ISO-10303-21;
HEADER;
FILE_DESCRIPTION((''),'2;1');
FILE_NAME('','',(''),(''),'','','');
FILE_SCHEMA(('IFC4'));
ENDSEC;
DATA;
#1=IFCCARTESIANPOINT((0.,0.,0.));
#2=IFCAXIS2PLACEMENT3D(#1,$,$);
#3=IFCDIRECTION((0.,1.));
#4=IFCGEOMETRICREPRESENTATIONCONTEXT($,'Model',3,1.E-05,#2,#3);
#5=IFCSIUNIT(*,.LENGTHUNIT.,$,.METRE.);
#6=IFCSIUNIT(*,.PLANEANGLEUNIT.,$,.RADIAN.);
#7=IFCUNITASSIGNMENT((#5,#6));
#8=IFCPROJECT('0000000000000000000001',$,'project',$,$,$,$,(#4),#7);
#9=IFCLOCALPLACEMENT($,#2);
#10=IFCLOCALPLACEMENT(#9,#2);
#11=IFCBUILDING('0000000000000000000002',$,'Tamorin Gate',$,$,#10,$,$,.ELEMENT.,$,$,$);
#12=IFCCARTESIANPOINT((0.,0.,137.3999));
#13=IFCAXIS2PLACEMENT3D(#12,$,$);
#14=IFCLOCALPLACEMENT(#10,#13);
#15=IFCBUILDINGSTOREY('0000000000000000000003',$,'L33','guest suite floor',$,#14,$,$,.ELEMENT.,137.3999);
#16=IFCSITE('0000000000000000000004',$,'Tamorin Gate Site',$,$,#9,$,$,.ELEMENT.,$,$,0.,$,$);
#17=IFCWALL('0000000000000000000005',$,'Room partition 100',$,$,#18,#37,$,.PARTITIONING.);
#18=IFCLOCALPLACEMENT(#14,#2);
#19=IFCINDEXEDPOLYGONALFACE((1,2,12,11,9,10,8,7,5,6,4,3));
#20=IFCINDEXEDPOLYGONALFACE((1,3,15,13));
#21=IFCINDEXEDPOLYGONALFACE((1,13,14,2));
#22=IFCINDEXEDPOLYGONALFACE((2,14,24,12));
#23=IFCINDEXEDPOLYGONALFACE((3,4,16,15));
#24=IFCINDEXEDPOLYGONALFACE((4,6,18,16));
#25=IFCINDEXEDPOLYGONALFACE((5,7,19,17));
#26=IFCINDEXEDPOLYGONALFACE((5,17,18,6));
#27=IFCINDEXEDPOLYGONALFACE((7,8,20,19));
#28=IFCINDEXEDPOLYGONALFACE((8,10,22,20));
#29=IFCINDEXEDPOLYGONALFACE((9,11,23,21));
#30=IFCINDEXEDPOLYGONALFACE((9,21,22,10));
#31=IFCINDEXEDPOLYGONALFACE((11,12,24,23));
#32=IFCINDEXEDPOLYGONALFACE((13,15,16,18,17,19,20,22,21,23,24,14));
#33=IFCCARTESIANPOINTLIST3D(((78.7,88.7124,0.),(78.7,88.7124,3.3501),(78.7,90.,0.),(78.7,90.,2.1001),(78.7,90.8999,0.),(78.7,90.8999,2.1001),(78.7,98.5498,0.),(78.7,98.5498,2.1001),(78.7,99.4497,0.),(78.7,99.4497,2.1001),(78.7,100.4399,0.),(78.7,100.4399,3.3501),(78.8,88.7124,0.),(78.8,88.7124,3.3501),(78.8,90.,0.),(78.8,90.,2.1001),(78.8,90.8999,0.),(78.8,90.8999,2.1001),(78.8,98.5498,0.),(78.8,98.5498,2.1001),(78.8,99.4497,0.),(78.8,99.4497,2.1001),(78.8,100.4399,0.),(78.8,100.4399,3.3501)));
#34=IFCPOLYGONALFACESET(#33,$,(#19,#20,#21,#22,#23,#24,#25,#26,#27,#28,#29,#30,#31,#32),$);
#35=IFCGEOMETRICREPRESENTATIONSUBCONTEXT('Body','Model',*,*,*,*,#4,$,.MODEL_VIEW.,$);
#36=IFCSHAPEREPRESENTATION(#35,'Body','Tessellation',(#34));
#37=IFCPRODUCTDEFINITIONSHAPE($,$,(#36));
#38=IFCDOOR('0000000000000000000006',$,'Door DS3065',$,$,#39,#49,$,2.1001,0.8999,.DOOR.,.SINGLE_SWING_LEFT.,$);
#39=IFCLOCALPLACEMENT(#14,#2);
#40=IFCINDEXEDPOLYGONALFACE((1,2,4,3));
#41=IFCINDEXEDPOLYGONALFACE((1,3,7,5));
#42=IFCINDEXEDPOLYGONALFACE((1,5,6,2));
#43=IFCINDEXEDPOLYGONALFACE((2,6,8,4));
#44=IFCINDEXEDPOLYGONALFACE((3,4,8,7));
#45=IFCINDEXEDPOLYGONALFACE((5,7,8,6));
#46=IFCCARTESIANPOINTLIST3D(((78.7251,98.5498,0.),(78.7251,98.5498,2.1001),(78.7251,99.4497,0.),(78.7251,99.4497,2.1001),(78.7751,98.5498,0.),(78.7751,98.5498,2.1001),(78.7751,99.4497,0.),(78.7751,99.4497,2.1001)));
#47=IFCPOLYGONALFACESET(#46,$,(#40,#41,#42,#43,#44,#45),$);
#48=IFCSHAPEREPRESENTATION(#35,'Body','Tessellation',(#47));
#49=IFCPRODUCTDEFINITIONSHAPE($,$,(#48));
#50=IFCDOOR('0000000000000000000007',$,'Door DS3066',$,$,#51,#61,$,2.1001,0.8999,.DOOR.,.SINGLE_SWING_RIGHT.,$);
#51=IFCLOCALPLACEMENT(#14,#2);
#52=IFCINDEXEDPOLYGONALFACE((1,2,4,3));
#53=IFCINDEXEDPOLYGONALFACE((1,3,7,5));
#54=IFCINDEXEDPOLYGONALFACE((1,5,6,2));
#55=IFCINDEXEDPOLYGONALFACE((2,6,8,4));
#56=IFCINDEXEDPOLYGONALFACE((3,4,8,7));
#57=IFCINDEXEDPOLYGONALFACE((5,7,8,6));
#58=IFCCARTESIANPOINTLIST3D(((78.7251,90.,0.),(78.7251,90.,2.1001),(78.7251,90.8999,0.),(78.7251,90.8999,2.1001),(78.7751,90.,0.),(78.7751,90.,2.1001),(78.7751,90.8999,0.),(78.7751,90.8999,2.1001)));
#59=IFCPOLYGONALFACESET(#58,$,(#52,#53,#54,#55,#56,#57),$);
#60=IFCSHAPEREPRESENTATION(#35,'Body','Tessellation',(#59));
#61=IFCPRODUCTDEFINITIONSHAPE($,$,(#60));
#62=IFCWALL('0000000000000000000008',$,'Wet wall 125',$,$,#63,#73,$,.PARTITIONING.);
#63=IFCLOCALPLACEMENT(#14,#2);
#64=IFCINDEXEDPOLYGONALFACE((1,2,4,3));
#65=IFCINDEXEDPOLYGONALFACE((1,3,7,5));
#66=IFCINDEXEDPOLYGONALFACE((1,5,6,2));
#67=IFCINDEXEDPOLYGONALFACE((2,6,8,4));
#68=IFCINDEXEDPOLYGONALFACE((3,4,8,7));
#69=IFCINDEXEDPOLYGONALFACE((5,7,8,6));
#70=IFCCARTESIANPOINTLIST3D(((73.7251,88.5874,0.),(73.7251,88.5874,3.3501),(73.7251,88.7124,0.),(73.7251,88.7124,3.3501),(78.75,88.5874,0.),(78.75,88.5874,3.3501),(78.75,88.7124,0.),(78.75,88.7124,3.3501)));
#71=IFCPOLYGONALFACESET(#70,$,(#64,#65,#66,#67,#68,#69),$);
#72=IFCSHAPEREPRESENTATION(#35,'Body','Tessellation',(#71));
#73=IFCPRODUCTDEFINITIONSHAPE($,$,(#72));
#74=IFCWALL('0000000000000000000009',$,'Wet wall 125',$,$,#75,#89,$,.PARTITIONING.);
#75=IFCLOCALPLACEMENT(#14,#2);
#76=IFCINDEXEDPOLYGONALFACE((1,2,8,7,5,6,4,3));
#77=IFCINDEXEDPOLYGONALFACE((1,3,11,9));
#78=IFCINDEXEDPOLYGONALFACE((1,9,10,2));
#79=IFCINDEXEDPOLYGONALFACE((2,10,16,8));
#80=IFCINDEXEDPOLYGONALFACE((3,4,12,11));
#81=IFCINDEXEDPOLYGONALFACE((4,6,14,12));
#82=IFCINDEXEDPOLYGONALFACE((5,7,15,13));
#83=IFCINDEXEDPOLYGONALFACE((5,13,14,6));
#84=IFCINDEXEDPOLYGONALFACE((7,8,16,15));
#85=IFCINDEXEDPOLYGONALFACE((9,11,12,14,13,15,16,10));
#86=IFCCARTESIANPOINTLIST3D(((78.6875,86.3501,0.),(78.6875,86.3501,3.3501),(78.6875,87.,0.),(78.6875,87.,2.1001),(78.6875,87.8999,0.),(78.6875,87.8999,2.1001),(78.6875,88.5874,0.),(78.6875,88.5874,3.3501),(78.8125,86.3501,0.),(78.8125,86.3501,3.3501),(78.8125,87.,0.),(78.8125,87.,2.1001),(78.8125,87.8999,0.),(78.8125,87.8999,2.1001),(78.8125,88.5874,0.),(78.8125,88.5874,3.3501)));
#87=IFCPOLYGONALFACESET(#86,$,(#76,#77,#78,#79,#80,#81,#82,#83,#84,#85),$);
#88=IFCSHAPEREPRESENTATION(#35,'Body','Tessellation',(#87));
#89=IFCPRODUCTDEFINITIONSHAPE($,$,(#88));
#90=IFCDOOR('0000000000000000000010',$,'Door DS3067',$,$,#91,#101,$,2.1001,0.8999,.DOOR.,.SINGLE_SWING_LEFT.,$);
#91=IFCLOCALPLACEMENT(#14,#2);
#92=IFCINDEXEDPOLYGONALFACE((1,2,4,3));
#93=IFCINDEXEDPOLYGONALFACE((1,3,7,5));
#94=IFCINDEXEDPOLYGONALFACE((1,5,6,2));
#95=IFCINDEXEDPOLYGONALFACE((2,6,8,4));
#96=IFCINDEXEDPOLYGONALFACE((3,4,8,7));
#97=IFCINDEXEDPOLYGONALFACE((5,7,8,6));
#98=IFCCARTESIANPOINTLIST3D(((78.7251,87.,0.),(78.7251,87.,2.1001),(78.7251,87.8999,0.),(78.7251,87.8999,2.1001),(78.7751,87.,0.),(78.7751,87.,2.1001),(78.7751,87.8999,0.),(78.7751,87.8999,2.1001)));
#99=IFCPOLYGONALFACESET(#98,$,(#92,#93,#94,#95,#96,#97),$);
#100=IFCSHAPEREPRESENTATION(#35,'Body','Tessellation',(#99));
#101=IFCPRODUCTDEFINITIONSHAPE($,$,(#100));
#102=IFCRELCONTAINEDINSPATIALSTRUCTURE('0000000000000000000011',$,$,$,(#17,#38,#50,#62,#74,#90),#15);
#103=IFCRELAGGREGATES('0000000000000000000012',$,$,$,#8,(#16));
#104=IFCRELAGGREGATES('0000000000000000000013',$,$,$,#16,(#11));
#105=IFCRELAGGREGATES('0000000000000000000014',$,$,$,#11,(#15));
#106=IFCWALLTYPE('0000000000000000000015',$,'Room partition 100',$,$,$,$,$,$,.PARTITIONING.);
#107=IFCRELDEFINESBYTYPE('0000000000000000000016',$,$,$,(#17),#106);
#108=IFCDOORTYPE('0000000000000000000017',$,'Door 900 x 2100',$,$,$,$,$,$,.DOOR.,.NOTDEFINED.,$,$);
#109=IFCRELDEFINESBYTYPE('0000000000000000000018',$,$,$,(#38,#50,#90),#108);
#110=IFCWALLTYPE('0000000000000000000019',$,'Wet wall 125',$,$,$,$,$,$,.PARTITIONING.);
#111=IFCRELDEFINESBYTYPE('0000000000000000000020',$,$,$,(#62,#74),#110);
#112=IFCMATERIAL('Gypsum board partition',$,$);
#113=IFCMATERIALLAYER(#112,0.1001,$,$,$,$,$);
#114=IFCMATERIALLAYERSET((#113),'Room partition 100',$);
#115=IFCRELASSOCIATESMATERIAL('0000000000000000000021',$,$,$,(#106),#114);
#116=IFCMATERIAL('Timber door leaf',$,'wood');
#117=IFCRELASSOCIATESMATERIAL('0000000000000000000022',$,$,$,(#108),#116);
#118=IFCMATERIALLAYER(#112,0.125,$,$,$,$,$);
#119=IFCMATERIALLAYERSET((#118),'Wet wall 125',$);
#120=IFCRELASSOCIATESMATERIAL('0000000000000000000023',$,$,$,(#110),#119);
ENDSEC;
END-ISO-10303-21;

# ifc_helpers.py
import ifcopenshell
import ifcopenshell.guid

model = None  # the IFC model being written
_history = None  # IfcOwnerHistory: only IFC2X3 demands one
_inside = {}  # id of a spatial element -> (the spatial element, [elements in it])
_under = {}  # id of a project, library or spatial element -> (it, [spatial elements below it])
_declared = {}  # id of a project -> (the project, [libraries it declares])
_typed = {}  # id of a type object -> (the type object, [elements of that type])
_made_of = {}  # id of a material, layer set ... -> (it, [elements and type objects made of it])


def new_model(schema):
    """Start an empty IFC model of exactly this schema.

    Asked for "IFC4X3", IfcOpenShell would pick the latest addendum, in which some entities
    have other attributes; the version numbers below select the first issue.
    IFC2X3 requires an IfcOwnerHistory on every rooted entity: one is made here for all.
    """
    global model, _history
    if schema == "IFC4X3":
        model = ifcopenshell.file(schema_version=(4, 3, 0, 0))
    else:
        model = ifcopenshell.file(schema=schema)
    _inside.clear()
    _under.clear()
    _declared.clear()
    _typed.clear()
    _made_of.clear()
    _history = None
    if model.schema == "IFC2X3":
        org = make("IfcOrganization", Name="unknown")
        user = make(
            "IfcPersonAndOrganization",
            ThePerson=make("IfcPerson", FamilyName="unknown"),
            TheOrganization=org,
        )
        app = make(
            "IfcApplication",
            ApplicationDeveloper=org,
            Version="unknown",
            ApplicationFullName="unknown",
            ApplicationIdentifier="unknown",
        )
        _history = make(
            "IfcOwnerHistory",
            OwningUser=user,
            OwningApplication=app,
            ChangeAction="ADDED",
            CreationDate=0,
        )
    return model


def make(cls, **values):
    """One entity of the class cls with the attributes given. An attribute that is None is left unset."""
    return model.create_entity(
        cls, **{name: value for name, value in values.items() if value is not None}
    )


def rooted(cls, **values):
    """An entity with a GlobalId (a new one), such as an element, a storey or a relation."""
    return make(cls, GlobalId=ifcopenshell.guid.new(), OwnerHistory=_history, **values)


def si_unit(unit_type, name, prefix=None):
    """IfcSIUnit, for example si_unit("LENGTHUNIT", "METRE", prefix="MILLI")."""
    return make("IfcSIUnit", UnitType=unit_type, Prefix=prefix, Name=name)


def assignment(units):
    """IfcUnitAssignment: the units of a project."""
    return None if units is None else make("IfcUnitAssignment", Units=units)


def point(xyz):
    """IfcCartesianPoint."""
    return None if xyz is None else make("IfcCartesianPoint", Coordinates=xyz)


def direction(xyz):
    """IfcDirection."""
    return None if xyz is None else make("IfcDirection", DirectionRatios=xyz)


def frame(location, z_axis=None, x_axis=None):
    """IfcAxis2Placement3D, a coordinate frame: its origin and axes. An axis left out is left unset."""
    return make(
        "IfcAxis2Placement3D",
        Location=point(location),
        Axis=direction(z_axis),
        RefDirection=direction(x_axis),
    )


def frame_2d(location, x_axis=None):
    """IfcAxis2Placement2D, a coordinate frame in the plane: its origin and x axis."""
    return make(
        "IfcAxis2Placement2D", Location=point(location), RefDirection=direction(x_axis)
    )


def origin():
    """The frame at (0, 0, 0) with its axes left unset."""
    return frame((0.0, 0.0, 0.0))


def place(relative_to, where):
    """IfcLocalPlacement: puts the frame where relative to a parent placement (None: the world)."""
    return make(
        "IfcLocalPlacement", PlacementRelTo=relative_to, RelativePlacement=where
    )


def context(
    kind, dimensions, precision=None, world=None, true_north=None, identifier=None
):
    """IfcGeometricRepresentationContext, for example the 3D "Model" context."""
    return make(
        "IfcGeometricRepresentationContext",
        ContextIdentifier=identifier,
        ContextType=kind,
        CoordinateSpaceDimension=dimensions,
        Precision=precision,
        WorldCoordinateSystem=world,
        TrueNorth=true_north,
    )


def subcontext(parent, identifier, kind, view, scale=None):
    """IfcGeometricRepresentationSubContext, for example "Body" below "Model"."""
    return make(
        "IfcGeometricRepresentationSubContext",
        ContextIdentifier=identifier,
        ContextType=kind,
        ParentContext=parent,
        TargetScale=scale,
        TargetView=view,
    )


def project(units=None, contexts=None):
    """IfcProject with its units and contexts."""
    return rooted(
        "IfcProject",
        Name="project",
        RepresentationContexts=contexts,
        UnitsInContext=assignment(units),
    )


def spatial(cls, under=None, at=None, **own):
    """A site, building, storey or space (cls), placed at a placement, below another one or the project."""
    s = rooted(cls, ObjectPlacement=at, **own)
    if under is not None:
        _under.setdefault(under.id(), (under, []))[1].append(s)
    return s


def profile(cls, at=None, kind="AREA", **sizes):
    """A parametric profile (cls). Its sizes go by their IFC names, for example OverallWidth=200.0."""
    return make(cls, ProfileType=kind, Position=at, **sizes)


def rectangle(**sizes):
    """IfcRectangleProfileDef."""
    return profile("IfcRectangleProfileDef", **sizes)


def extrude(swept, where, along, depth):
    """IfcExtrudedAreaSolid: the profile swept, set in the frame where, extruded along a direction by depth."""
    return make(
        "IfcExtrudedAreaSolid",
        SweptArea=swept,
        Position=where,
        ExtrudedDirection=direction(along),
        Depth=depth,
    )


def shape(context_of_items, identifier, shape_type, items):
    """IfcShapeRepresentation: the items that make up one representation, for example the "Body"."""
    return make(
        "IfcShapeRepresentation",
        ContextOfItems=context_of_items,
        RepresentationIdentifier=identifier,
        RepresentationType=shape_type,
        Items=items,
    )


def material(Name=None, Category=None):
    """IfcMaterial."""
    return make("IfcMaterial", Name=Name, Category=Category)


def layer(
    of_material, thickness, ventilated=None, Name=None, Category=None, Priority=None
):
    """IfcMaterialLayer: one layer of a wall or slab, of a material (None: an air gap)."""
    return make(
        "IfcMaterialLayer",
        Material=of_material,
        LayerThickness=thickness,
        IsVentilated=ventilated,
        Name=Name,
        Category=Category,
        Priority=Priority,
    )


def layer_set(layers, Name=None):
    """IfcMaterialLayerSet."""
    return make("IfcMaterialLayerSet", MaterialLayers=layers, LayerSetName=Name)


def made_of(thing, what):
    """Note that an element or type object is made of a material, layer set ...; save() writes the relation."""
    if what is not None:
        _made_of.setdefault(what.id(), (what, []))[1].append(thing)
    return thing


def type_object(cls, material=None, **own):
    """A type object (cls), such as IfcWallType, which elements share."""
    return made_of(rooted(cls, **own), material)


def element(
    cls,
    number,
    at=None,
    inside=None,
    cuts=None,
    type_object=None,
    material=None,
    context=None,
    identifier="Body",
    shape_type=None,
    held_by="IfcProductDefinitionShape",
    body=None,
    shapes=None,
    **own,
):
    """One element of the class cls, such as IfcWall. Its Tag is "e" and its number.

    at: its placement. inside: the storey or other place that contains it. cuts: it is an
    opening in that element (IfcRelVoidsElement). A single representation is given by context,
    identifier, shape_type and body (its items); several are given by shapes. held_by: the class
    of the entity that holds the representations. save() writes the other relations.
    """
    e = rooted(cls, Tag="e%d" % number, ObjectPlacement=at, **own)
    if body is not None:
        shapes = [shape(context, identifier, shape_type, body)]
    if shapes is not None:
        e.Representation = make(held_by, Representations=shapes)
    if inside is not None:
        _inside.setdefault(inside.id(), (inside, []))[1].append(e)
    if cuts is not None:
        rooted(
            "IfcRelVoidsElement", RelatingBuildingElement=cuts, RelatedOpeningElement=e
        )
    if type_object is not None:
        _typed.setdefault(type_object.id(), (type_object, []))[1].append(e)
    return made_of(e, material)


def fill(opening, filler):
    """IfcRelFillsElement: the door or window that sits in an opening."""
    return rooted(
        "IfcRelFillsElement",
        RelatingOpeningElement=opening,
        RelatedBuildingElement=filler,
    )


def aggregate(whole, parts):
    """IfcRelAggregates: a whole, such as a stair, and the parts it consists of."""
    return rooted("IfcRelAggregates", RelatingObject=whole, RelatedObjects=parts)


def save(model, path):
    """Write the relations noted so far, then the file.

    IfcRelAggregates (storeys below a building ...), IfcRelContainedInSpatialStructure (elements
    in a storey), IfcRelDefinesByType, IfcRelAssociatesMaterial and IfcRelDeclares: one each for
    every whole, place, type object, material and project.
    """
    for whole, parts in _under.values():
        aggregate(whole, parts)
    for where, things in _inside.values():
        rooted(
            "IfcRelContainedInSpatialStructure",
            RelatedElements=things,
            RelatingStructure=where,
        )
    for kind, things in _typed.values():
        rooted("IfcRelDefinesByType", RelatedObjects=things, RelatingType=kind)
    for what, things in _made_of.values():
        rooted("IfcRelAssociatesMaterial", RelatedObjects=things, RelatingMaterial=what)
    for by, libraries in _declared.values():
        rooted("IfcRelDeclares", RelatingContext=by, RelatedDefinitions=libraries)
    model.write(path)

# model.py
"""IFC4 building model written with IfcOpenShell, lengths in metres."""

from ifc_helpers import new_model, si_unit, direction, frame, frame_2d, origin, place, context, subcontext, project, spatial, rectangle, extrude, material, layer, layer_set, type_object, element, fill, save


model = new_model("IFC4")

# Units and contexts
model_context = context("Model", 3, precision=1e-05, world=origin(), true_north=direction((0.0, 1.0)))
body_context = subcontext(model_context, "Body", "Model", "MODEL_VIEW")
ifc_project = project(units=[si_unit("LENGTHUNIT", "METRE"), si_unit("PLANEANGLEUNIT", "RADIAN")], contexts=[model_context])

# Site, building, storey
site_placement = place(None, origin())
site = spatial("IfcSite", under=ifc_project, at=site_placement, Name="Tamorin Gate Site", CompositionType="ELEMENT", RefElevation=0.0)
building_placement = place(site_placement, origin())
building = spatial("IfcBuilding", under=site, at=building_placement, Name="Tamorin Gate", CompositionType="ELEMENT")
storey_placement = place(building_placement, frame((0.0, 0.0, 137.3999)))
storey = spatial("IfcBuildingStorey", under=building, at=storey_placement, Name="L33", Description="guest suite floor", CompositionType="ELEMENT", Elevation=137.3999)

# Shared definitions
ifc_material_1 = material(Name="Gypsum board partition")

# Shared definitions
ifc_layer_1 = layer(ifc_material_1, 0.1001)
ifc_layer_set_1 = layer_set([ifc_layer_1], Name="Room partition 100")
wall_type_1 = type_object("IfcWallType", Name="Room partition 100", PredefinedType="PARTITIONING", material=ifc_layer_set_1)
ifc_material_2 = material(Name="Timber door leaf", Category="wood")
door_type = type_object("IfcDoorType", Name="Door 900 x 2100", OperationType="NOTDEFINED", PredefinedType="DOOR", material=ifc_material_2)

# Wall, openings, doors
wall_1_placement = place(storey_placement, frame((78.75, 88.7124, 0.0), z_axis=(0.0, 0.0, 1.0), x_axis=(0.0, 1.0, 0.0)))
wall_1 = element("IfcWall", 1, at=wall_1_placement, inside=storey, type_object=wall_type_1, Name="Room partition 100", PredefinedType="PARTITIONING", context=body_context, shape_type="SweptSolid", body=[
    extrude(rectangle(XDim=11.7275, YDim=0.1001, at=frame_2d((5.8638, 0.0))), origin(), (0.0, 0.0, 1.0), 3.3501),
])
opening_1_placement = place(wall_1_placement, frame((9.8374, 0.0, 0.0)))
opening_1 = element("IfcOpeningElement", 2, at=opening_1_placement, cuts=wall_1, PredefinedType="OPENING", context=body_context, shape_type="SweptSolid", body=[
    extrude(rectangle(XDim=0.8999, YDim=2.1001, at=frame_2d((0.45, 1.05))), frame((0.0, 0.0601, 0.0), z_axis=(0.0, -1.0, 0.0), x_axis=(1.0, 0.0, 0.0)), (0.0, 0.0, 1.0), 0.1201),
])
opening_2_placement = place(wall_1_placement, frame((1.2876, 0.0, 0.0)))
opening_2 = element("IfcOpeningElement", 3, at=opening_2_placement, cuts=wall_1, PredefinedType="OPENING", context=body_context, shape_type="SweptSolid", body=[
    extrude(rectangle(XDim=0.8999, YDim=2.1001, at=frame_2d((0.45, 1.05))), frame((0.0, 0.0601, 0.0), z_axis=(0.0, -1.0, 0.0), x_axis=(1.0, 0.0, 0.0)), (0.0, 0.0, 1.0), 0.1201),
])
door_1_placement = place(opening_1_placement, origin())
door_1 = element("IfcDoor", 4, at=door_1_placement, inside=storey, type_object=door_type, Name="Door DS3065", OperationType="SINGLE_SWING_LEFT", OverallHeight=2.1001, OverallWidth=0.8999, PredefinedType="DOOR", context=body_context, shape_type="SweptSolid", body=[
    extrude(rectangle(XDim=0.8999, YDim=2.1001, at=frame_2d((0.45, 1.05))), frame((0.0, 0.0249, 0.0), z_axis=(0.0, -1.0, 0.0), x_axis=(1.0, 0.0, 0.0)), (0.0, 0.0, 1.0), 0.05),
])
fill(opening_1, door_1)
door_2_placement = place(opening_2_placement, origin())
door_2 = element("IfcDoor", 5, at=door_2_placement, inside=storey, type_object=door_type, Name="Door DS3066", OperationType="SINGLE_SWING_RIGHT", OverallHeight=2.1001, OverallWidth=0.8999, PredefinedType="DOOR", context=body_context, shape_type="SweptSolid", body=[
    extrude(rectangle(XDim=0.8999, YDim=2.1001, at=frame_2d((0.45, 1.05))), frame((0.0, 0.0249, 0.0), z_axis=(0.0, -1.0, 0.0), x_axis=(1.0, 0.0, 0.0)), (0.0, 0.0, 1.0), 0.05),
])
fill(opening_2, door_2)

# Wall
ifc_layer_2 = layer(ifc_material_1, 0.125)
ifc_layer_set_2 = layer_set([ifc_layer_2], Name="Wet wall 125")
wall_type_2 = type_object("IfcWallType", Name="Wet wall 125", PredefinedType="PARTITIONING", material=ifc_layer_set_2)
wall_2_placement = place(storey_placement, frame((73.7251, 88.6499, 0.0), z_axis=(0.0, 0.0, 1.0), x_axis=(1.0, 0.0, 0.0)))
element("IfcWall", 6, at=wall_2_placement, inside=storey, type_object=wall_type_2, Name="Wet wall 125", PredefinedType="PARTITIONING", context=body_context, shape_type="SweptSolid", body=[
    extrude(rectangle(XDim=5.0249, YDim=0.125, at=frame_2d((2.5125, 0.0))), origin(), (0.0, 0.0, 1.0), 3.3501),
])

# Wall, opening, door
wall_3_placement = place(storey_placement, frame((78.75, 86.3501, 0.0), z_axis=(0.0, 0.0, 1.0), x_axis=(0.0, 1.0, 0.0)))
wall_3 = element("IfcWall", 7, at=wall_3_placement, inside=storey, type_object=wall_type_2, Name="Wet wall 125", PredefinedType="PARTITIONING", context=body_context, shape_type="SweptSolid", body=[
    extrude(rectangle(XDim=2.2373, YDim=0.125, at=frame_2d((1.1187, 0.0))), origin(), (0.0, 0.0, 1.0), 3.3501),
])
opening_3_placement = place(wall_3_placement, frame((0.6499, 0.0, 0.0)))
opening_3 = element("IfcOpeningElement", 8, at=opening_3_placement, cuts=wall_3, PredefinedType="OPENING", context=body_context, shape_type="SweptSolid", body=[
    extrude(rectangle(XDim=0.8999, YDim=2.1001, at=frame_2d((0.45, 1.05))), frame((0.0, 0.0725, 0.0), z_axis=(0.0, -1.0, 0.0), x_axis=(1.0, 0.0, 0.0)), (0.0, 0.0, 1.0), 0.145),
])
door_3_placement = place(opening_3_placement, origin())
door_3 = element("IfcDoor", 9, at=door_3_placement, inside=storey, type_object=door_type, Name="Door DS3067", OperationType="SINGLE_SWING_LEFT", OverallHeight=2.1001, OverallWidth=0.8999, PredefinedType="DOOR", context=body_context, shape_type="SweptSolid", body=[
    extrude(rectangle(XDim=0.8999, YDim=2.1001, at=frame_2d((0.45, 1.05))), frame((0.0, 0.0249, 0.0), z_axis=(0.0, -1.0, 0.0), x_axis=(1.0, 0.0, 0.0)), (0.0, 0.0, 1.0), 0.05),
])
fill(opening_3, door_3)

save(model, "model.ifc")
